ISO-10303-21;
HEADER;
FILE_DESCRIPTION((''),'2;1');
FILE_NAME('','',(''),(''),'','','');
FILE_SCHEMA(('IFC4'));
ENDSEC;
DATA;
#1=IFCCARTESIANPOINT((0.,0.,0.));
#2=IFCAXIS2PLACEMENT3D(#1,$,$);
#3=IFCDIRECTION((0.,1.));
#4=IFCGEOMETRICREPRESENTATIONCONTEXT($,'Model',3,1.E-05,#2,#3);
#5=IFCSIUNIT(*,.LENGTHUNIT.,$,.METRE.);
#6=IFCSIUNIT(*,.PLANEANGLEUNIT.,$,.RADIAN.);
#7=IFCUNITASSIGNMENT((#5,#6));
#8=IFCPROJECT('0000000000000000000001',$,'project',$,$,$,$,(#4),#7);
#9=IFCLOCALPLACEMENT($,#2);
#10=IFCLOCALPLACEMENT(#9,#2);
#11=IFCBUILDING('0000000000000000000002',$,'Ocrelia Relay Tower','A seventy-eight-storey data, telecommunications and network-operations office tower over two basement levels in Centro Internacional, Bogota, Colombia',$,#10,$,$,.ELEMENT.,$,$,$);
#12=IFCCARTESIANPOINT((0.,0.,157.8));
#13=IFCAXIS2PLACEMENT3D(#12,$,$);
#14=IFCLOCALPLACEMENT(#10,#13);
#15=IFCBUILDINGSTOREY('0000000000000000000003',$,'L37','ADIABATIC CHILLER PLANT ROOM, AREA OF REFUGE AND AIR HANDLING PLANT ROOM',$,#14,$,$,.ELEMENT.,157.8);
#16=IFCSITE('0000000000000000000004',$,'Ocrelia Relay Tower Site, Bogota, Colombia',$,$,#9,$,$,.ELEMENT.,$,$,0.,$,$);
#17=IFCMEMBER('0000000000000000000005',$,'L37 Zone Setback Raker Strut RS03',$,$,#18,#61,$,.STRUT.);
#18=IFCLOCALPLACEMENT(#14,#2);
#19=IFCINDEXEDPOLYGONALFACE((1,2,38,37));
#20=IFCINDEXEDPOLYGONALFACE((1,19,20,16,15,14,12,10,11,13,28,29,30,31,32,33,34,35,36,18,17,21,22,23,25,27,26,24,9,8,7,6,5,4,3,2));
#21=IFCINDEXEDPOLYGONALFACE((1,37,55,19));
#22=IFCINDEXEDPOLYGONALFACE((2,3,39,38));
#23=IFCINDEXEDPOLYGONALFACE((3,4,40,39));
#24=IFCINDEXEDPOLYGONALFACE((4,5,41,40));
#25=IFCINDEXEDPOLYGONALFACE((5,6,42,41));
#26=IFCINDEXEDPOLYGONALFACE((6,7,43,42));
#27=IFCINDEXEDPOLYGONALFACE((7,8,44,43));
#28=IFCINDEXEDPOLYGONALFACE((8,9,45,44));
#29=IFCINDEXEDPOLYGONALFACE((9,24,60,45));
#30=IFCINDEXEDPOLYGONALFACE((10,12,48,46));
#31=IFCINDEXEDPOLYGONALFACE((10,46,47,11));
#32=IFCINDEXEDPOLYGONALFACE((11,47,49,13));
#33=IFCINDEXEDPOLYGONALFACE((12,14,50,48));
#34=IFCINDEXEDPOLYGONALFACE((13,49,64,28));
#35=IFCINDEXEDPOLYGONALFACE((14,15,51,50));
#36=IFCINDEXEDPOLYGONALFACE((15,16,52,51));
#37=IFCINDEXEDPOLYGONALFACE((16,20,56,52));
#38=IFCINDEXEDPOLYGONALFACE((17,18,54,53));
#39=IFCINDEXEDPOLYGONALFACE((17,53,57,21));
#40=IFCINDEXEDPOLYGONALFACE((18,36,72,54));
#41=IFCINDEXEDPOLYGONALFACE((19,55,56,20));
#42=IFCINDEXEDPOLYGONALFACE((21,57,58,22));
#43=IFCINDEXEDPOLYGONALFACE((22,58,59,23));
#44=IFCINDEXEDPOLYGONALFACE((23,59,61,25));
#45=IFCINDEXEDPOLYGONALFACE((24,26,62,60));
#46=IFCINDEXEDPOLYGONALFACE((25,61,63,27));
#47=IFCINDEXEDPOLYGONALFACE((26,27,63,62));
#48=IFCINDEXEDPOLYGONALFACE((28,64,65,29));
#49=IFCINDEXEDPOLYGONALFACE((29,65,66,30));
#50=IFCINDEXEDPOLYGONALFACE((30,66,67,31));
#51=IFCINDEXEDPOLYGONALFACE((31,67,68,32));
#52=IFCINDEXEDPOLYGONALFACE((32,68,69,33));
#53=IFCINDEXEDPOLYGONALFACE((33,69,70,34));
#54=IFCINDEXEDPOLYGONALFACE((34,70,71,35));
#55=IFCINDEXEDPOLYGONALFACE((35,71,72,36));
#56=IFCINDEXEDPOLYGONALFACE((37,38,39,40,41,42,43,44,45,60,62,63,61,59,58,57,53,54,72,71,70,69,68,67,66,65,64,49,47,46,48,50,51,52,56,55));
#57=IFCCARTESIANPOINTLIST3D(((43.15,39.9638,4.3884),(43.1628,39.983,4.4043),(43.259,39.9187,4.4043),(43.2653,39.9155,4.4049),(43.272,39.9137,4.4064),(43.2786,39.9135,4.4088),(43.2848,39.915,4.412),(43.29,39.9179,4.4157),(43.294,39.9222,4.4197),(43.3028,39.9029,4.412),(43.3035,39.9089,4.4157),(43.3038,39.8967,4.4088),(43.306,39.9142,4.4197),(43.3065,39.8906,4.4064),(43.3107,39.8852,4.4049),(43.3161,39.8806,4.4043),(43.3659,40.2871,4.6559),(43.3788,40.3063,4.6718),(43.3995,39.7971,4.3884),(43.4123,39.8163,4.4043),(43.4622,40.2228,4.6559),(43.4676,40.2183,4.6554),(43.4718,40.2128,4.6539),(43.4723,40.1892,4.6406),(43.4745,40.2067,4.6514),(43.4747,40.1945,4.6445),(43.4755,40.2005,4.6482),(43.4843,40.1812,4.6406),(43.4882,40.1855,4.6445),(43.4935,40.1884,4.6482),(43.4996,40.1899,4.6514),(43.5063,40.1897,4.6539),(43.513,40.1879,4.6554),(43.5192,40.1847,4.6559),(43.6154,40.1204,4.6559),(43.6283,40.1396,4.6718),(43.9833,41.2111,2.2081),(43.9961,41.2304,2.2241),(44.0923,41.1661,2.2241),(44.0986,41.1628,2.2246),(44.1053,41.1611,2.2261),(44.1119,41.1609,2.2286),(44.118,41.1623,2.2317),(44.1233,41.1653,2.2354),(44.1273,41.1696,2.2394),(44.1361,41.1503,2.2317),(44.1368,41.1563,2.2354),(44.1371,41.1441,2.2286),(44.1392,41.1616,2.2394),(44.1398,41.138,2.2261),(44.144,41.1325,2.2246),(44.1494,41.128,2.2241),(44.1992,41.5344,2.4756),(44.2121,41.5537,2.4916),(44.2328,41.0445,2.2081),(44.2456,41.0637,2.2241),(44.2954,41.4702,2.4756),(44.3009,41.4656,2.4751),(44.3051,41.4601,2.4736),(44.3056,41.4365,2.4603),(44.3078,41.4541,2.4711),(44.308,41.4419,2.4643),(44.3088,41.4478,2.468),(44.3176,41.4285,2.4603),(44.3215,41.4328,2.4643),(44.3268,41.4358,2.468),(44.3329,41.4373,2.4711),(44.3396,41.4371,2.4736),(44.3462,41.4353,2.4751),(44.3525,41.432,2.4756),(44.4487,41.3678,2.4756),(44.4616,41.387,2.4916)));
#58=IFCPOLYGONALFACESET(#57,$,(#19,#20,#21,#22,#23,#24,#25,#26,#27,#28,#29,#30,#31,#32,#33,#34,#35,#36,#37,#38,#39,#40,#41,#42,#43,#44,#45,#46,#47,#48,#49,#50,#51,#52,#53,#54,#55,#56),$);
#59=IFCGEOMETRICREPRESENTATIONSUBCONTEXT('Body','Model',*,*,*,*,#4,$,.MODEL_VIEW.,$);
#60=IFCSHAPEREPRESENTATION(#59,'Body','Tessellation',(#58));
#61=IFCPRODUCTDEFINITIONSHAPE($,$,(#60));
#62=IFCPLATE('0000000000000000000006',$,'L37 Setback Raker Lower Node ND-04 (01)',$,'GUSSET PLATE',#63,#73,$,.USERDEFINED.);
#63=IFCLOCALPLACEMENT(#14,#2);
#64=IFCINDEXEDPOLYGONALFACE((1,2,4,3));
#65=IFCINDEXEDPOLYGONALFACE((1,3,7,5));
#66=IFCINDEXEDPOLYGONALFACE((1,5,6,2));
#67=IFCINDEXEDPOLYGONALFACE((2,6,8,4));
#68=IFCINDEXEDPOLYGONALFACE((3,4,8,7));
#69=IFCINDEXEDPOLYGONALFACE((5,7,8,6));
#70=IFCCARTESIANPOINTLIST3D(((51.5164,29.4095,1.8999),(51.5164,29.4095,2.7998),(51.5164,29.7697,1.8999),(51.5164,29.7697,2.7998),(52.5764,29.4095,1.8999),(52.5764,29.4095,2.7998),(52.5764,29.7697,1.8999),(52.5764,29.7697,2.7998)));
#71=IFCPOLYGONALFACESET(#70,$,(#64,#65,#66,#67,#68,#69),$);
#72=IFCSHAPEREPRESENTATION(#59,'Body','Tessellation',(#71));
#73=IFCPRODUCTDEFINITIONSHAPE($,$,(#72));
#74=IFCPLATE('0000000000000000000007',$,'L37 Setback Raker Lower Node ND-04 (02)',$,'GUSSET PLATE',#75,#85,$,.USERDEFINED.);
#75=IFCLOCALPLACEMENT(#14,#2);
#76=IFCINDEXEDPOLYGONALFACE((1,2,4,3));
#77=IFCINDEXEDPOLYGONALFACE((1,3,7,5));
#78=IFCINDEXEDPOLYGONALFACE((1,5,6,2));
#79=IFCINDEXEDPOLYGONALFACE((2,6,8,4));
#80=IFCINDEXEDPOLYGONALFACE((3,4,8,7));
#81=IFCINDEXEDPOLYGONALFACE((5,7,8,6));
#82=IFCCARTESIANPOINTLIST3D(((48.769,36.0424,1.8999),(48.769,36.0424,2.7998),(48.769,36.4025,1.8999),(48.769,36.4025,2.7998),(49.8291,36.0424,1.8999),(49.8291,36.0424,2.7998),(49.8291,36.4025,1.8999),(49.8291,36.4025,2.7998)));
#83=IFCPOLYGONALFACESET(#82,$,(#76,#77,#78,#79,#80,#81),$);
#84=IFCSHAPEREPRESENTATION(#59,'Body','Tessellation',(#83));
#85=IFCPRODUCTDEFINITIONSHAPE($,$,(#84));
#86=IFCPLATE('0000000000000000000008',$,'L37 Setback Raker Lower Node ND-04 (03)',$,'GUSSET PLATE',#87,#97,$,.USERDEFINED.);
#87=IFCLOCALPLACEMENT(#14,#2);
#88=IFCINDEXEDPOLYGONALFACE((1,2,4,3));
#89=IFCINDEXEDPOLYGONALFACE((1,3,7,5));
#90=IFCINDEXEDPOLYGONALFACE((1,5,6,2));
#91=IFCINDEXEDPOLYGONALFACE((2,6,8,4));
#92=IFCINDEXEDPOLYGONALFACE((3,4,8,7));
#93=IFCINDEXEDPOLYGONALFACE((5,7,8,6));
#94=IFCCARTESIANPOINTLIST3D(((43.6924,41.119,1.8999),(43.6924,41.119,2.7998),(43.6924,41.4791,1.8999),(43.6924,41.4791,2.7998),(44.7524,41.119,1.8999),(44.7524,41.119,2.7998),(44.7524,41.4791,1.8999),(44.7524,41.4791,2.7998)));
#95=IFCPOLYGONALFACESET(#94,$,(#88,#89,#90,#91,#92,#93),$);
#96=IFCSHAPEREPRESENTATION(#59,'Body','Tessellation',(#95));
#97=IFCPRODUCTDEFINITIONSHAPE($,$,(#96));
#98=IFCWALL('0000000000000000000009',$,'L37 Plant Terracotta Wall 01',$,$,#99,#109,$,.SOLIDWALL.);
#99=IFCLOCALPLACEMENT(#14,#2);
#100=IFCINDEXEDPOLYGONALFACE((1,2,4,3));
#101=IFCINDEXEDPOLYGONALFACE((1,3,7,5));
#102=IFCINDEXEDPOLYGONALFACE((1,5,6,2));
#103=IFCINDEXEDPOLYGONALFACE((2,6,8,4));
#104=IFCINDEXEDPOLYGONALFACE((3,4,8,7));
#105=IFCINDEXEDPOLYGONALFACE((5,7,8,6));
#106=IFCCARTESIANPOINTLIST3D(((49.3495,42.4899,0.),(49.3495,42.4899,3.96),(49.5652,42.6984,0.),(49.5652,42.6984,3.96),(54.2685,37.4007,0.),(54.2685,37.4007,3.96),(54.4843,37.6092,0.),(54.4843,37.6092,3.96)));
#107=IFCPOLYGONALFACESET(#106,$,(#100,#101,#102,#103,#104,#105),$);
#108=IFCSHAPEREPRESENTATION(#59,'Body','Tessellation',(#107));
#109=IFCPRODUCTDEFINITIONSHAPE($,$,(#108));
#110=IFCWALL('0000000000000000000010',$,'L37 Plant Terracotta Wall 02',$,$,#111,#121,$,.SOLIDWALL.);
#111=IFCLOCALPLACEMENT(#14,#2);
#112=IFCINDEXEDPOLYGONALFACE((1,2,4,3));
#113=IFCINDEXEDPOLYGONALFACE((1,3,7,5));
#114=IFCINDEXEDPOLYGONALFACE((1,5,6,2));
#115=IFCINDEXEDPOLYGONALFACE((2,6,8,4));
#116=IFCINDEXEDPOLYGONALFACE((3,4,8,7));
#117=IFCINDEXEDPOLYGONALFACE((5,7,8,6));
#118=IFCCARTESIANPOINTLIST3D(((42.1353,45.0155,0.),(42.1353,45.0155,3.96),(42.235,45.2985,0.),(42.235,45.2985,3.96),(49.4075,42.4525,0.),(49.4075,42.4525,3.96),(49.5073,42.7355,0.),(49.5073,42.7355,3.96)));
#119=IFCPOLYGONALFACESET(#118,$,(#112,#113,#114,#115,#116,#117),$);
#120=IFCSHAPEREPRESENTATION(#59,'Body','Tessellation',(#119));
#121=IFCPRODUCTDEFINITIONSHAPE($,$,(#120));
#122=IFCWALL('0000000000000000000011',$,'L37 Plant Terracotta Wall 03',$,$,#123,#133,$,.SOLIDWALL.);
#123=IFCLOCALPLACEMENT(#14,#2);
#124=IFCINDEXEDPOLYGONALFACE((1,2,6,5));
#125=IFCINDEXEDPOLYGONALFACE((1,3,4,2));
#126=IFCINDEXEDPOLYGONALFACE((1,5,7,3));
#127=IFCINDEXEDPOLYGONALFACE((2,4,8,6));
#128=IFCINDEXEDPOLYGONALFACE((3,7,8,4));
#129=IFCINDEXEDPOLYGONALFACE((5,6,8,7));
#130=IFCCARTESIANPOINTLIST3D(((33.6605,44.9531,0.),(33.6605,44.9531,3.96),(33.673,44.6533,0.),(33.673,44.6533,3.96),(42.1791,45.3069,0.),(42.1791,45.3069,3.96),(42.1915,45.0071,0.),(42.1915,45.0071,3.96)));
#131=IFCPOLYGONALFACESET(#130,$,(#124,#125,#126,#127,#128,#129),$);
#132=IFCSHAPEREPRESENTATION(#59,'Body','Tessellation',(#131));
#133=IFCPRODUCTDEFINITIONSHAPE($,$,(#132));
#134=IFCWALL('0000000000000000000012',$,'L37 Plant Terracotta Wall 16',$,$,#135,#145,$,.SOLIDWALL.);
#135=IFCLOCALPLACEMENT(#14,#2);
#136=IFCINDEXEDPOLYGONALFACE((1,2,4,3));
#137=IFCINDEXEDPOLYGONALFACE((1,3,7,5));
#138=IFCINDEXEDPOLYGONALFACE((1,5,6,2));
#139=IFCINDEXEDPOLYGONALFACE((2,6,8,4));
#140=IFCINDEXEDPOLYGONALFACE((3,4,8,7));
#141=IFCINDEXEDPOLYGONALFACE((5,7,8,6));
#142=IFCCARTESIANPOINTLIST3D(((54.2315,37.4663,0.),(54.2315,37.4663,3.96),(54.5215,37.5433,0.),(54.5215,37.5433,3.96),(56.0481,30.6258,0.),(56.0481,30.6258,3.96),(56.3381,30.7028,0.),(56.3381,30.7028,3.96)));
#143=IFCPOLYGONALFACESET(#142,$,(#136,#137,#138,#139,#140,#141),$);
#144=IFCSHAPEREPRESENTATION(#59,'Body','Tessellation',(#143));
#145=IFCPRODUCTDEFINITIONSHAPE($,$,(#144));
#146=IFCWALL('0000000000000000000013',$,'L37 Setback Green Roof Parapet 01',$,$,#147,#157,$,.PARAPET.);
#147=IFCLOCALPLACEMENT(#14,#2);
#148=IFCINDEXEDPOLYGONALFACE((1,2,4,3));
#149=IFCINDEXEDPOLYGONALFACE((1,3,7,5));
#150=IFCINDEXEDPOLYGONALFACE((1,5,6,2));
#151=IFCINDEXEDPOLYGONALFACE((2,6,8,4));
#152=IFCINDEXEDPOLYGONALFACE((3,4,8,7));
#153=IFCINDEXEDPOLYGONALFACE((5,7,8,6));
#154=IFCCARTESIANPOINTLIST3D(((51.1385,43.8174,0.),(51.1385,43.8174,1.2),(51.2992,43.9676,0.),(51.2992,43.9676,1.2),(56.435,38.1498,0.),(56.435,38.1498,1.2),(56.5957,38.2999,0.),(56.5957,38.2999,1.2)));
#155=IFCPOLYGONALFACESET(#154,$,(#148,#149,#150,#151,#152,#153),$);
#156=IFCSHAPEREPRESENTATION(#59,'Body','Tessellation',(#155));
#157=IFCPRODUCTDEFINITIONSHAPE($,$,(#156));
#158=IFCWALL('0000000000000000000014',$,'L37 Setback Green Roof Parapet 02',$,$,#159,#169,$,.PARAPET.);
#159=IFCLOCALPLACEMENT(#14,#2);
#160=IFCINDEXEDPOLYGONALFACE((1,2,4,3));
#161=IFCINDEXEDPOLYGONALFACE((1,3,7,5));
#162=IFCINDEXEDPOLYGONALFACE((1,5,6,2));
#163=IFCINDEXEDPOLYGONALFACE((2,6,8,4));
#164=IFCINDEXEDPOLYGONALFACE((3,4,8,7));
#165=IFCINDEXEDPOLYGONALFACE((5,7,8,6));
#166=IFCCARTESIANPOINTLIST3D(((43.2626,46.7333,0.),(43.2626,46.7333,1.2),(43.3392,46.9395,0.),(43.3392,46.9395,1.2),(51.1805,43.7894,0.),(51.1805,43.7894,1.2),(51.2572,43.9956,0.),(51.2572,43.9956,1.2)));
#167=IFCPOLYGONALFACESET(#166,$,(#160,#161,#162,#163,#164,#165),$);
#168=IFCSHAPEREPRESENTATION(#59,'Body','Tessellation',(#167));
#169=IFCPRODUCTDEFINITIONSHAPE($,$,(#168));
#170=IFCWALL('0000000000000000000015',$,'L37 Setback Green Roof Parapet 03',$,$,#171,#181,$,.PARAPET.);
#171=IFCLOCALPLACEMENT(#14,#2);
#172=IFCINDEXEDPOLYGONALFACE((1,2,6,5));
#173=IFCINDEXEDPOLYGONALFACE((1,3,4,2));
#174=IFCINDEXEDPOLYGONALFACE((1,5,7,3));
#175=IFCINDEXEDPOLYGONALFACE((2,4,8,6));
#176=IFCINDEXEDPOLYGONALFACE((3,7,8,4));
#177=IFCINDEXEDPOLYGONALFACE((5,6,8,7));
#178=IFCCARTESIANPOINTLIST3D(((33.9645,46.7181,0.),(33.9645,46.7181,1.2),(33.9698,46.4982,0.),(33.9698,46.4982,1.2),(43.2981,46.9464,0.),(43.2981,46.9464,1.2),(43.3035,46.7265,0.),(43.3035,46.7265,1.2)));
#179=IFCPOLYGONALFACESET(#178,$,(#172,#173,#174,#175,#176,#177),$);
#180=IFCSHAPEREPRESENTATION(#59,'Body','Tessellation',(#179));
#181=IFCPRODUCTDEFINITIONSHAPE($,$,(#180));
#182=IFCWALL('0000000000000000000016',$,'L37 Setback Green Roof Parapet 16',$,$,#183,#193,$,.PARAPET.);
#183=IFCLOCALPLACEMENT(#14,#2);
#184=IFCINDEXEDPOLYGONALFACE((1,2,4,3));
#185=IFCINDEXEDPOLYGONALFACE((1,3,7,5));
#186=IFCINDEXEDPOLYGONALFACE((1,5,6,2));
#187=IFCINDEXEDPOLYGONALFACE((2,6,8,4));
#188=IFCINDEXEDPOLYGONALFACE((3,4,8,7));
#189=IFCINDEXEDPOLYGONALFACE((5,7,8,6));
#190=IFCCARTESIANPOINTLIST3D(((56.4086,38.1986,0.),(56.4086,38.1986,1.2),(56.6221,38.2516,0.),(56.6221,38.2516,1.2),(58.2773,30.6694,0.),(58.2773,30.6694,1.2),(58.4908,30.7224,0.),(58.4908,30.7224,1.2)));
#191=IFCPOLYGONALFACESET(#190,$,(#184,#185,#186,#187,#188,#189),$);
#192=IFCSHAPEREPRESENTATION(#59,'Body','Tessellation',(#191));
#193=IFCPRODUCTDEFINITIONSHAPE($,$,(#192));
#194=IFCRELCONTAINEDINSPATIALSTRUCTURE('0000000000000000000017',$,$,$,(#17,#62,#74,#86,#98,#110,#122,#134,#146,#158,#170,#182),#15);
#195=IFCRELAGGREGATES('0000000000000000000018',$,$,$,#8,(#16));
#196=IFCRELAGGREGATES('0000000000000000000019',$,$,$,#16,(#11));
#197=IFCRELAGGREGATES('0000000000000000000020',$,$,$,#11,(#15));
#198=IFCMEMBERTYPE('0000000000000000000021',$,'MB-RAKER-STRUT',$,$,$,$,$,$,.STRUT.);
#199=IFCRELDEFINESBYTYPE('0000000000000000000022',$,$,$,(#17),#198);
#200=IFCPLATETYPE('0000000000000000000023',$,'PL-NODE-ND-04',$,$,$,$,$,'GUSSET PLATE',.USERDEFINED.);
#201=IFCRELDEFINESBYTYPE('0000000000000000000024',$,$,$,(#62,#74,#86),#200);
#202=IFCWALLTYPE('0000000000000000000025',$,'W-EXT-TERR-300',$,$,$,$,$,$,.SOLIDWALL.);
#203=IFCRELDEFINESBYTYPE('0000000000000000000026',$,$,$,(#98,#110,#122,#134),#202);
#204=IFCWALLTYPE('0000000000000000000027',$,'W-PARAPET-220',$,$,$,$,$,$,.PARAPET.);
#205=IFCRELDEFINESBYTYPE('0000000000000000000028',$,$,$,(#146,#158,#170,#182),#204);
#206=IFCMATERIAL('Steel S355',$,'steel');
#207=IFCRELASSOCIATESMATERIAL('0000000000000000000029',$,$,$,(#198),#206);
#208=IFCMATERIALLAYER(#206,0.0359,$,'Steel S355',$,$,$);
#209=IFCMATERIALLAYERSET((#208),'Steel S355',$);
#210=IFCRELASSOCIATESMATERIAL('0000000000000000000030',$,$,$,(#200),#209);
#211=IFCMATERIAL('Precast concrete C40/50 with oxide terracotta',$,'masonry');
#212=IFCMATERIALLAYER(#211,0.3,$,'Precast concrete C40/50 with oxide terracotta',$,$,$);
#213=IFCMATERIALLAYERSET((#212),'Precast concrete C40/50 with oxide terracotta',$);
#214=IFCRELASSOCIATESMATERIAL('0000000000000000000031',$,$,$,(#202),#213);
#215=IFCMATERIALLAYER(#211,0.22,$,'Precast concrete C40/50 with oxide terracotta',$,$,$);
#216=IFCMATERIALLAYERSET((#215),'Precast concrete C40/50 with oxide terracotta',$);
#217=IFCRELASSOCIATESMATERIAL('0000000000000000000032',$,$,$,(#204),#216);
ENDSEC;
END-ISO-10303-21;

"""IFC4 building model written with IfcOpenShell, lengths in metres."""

from ifc_helpers import new_model, si_unit, direction, frame, frame_2d, origin, origin_2d, place, context, subcontext, project, spatial, rectangle, i_section, extrude, material, layer, layer_set, material_profile, profile_set, type_object, element, save


model = new_model("IFC4")

# Units and contexts
model_context = context("Model", 3, precision=1e-05, world=origin(), true_north=direction((0.0, 1.0)))
body_context = subcontext(model_context, "Body", "Model", "MODEL_VIEW")
ifc_project = project(units=[si_unit("LENGTHUNIT", "METRE"), si_unit("PLANEANGLEUNIT", "RADIAN")], contexts=[model_context])

# Site, building, storey
site_placement = place(None, origin())
site = spatial("IfcSite", under=ifc_project, at=site_placement, Name="Ocrelia Relay Tower Site, Bogota, Colombia", CompositionType="ELEMENT", RefElevation=0.0)
building_placement = place(site_placement, origin())
building = spatial("IfcBuilding", under=site, at=building_placement, Name="Ocrelia Relay Tower", Description="A seventy-eight-storey data, telecommunications and network-operations office tower over two basement levels in Centro Internacional, Bogota, Colombia", CompositionType="ELEMENT")
storey_placement = place(building_placement, frame((0.0, 0.0, 157.8)))
storey = spatial("IfcBuildingStorey", under=building, at=storey_placement, Name="L37", Description="ADIABATIC CHILLER PLANT ROOM, AREA OF REFUGE AND AIR HANDLING PLANT ROOM", CompositionType="ELEMENT", Elevation=157.8)

# Shared definitions
ifc_material_1 = material(Name="Steel S355", Category="steel")

# Member
ifc_material_profile_1 = material_profile(ifc_material_1, i_section(OverallWidth=0.3, OverallDepth=0.5, WebThickness=0.0144, FlangeThickness=0.0281, FilletRadius=0.0271, at=origin_2d()), Name="HEB 500")
ifc_profile_set_1 = profile_set([ifc_material_profile_1], Name="Steel S355")
member_type_1 = type_object("IfcMemberType", Name="MB-RAKER-STRUT", PredefinedType="STRUT", material=ifc_profile_set_1)
for number, where, z_axis, x_axis, name in (
    (1, (44.2224, 41.2991, 2.3499), (-0.314866, -0.471331, 0.823837), (0.831524, -0.555489, 0.0), "L37 Zone Setback Raker Strut RS03"),
):
    element("IfcMember", number, at=place(storey_placement, frame(where, z_axis=z_axis, x_axis=x_axis)), inside=storey, type_object=member_type_1, Name=name, PredefinedType="STRUT", context=body_context, shape_type="SweptSolid", body=[
        extrude(i_section(OverallWidth=0.3, OverallDepth=0.5, WebThickness=0.0144, FlangeThickness=0.0281, FilletRadius=0.0271, at=origin_2d()), origin(), (0.0, 0.0, 1.0), 2.6465),
    ])

# Plates
ifc_layer_1 = layer(ifc_material_1, 0.0359, Name="Steel S355")
ifc_layer_set_1 = layer_set([ifc_layer_1], Name="Steel S355")
plate_type = type_object("IfcPlateType", Name="PL-NODE-ND-04", ElementType="GUSSET PLATE", PredefinedType="USERDEFINED", material=ifc_layer_set_1)
for number, where, z_axis, x_axis, name in (
    (2, (52.0464, 29.5896, 1.8999), (0.0, 0.0, 1.0), (1.0, 0.0, 0.0), "L37 Setback Raker Lower Node ND-04 (01)"),
    (3, (49.2991, 36.2224, 1.8999), (0.0, 0.0, 1.0), (1.0, 0.0, 0.0), "L37 Setback Raker Lower Node ND-04 (02)"),
    (4, (44.2224, 41.2991, 1.8999), (0.0, 0.0, 1.0), (1.0, 0.0, 0.0), "L37 Setback Raker Lower Node ND-04 (03)"),
):
    element("IfcPlate", number, at=place(storey_placement, frame(where, z_axis=z_axis, x_axis=x_axis)), inside=storey, type_object=plate_type, Name=name, ObjectType="GUSSET PLATE", PredefinedType="USERDEFINED", context=body_context, shape_type="SweptSolid", body=[
        extrude(rectangle(XDim=1.0601, YDim=0.3601, at=origin_2d()), origin(), (0.0, 0.0, 1.0), 0.8999),
    ])

# Walls
ifc_material_2 = material(Name="Precast concrete C40/50 with oxide terracotta", Category="masonry")
ifc_layer_2 = layer(ifc_material_2, 0.3, Name="Precast concrete C40/50 with oxide terracotta")
ifc_layer_set_2 = layer_set([ifc_layer_2], Name="Precast concrete C40/50 with oxide terracotta")
wall_type_1 = type_object("IfcWallType", Name="W-EXT-TERR-300", PredefinedType="SOLIDWALL", material=ifc_layer_set_2)
wall_1_placement = place(storey_placement, frame((54.3765, 37.5049, 0.0), z_axis=(0.0, 0.0, 1.0), x_axis=(-0.694983, 0.719026, 0.0)))
element("IfcWall", 5, at=wall_1_placement, inside=storey, type_object=wall_type_1, Name="L37 Plant Terracotta Wall 01", PredefinedType="SOLIDWALL", context=body_context, shape_type="SweptSolid", body=[
    extrude(rectangle(XDim=7.0779, YDim=0.3, at=frame_2d((3.5391, 0.0))), origin(), (0.0, 0.0, 1.0), 3.96),
])
wall_2_placement = place(storey_placement, frame((49.4575, 42.594, 0.0), z_axis=(0.0, 0.0, 1.0), x_axis=(-0.94314, 0.332396, 0.0)))
element("IfcWall", 6, at=wall_2_placement, inside=storey, type_object=wall_type_1, Name="L37 Plant Terracotta Wall 02", PredefinedType="SOLIDWALL", context=body_context, shape_type="SweptSolid", body=[
    extrude(rectangle(XDim=7.7107, YDim=0.3, at=frame_2d((3.8555, 0.0))), origin(), (0.0, 0.0, 1.0), 3.96),
])
wall_3_placement = place(storey_placement, frame((42.1853, 45.157, 0.0), z_axis=(0.0, 0.0, 1.0), x_axis=(-0.999139, -0.041492, 0.0)))
element("IfcWall", 7, at=wall_3_placement, inside=storey, type_object=wall_type_1, Name="L37 Plant Terracotta Wall 03", PredefinedType="SOLIDWALL", context=body_context, shape_type="SweptSolid", body=[
    extrude(rectangle(XDim=8.5259, YDim=0.3, at=frame_2d((4.2629, 0.0))), origin(), (0.0, 0.0, 1.0), 3.96),
])
wall_4_placement = place(storey_placement, frame((56.1931, 30.6643, 0.0), z_axis=(0.0, 0.0, 1.0), x_axis=(-0.256673, 0.966498, 0.0)))
element("IfcWall", 8, at=wall_4_placement, inside=storey, type_object=wall_type_1, Name="L37 Plant Terracotta Wall 16", PredefinedType="SOLIDWALL", context=body_context, shape_type="SweptSolid", body=[
    extrude(rectangle(XDim=7.0776, YDim=0.3, at=frame_2d((3.5388, 0.0))), origin(), (0.0, 0.0, 1.0), 3.96),
])
ifc_layer_3 = layer(ifc_material_2, 0.22, Name="Precast concrete C40/50 with oxide terracotta")
ifc_layer_set_3 = layer_set([ifc_layer_3], Name="Precast concrete C40/50 with oxide terracotta")
wall_type_2 = type_object("IfcWallType", Name="W-PARAPET-220", PredefinedType="PARAPET", material=ifc_layer_set_3)
wall_5_placement = place(storey_placement, frame((56.5154, 38.2249, 0.0), z_axis=(0.0, 0.0, 1.0), x_axis=(-0.682783, 0.730621, 0.0)))
element("IfcWall", 9, at=wall_5_placement, inside=storey, type_object=wall_type_2, Name="L37 Setback Green Roof Parapet 01", PredefinedType="PARAPET", context=body_context, shape_type="SweptSolid", body=[
    extrude(rectangle(XDim=7.7573, YDim=0.22, at=frame_2d((3.8787, 0.0))), origin(), (0.0, 0.0, 1.0), 1.2),
])
wall_6_placement = place(storey_placement, frame((51.2188, 43.8926, 0.0), z_axis=(0.0, 0.0, 1.0), x_axis=(-0.937314, 0.348487, 0.0)))
element("IfcWall", 10, at=wall_6_placement, inside=storey, type_object=wall_type_2, Name="L37 Setback Green Roof Parapet 02", PredefinedType="PARAPET", context=body_context, shape_type="SweptSolid", body=[
    extrude(rectangle(XDim=8.4475, YDim=0.22, at=frame_2d((4.2236, 0.0))), origin(), (0.0, 0.0, 1.0), 1.2),
])
wall_7_placement = place(storey_placement, frame((43.3008, 46.8364, 0.0), z_axis=(0.0, 0.0, 1.0), x_axis=(-0.999701, -0.024449, 0.0)))
element("IfcWall", 11, at=wall_7_placement, inside=storey, type_object=wall_type_2, Name="L37 Setback Green Roof Parapet 03", PredefinedType="PARAPET", context=body_context, shape_type="SweptSolid", body=[
    extrude(rectangle(XDim=9.3364, YDim=0.22, at=frame_2d((4.6682, 0.0))), origin(), (0.0, 0.0, 1.0), 1.2),
])
wall_8_placement = place(storey_placement, frame((58.384, 30.6958, 0.0), z_axis=(0.0, 0.0, 1.0), x_axis=(-0.240884, 0.970554, 0.0)))
element("IfcWall", 12, at=wall_8_placement, inside=storey, type_object=wall_type_2, Name="L37 Setback Green Roof Parapet 16", PredefinedType="PARAPET", context=body_context, shape_type="SweptSolid", body=[
    extrude(rectangle(XDim=7.7576, YDim=0.22, at=frame_2d((3.8789, 0.0))), origin(), (0.0, 0.0, 1.0), 1.2),
])

save(model, "model.ifc")
